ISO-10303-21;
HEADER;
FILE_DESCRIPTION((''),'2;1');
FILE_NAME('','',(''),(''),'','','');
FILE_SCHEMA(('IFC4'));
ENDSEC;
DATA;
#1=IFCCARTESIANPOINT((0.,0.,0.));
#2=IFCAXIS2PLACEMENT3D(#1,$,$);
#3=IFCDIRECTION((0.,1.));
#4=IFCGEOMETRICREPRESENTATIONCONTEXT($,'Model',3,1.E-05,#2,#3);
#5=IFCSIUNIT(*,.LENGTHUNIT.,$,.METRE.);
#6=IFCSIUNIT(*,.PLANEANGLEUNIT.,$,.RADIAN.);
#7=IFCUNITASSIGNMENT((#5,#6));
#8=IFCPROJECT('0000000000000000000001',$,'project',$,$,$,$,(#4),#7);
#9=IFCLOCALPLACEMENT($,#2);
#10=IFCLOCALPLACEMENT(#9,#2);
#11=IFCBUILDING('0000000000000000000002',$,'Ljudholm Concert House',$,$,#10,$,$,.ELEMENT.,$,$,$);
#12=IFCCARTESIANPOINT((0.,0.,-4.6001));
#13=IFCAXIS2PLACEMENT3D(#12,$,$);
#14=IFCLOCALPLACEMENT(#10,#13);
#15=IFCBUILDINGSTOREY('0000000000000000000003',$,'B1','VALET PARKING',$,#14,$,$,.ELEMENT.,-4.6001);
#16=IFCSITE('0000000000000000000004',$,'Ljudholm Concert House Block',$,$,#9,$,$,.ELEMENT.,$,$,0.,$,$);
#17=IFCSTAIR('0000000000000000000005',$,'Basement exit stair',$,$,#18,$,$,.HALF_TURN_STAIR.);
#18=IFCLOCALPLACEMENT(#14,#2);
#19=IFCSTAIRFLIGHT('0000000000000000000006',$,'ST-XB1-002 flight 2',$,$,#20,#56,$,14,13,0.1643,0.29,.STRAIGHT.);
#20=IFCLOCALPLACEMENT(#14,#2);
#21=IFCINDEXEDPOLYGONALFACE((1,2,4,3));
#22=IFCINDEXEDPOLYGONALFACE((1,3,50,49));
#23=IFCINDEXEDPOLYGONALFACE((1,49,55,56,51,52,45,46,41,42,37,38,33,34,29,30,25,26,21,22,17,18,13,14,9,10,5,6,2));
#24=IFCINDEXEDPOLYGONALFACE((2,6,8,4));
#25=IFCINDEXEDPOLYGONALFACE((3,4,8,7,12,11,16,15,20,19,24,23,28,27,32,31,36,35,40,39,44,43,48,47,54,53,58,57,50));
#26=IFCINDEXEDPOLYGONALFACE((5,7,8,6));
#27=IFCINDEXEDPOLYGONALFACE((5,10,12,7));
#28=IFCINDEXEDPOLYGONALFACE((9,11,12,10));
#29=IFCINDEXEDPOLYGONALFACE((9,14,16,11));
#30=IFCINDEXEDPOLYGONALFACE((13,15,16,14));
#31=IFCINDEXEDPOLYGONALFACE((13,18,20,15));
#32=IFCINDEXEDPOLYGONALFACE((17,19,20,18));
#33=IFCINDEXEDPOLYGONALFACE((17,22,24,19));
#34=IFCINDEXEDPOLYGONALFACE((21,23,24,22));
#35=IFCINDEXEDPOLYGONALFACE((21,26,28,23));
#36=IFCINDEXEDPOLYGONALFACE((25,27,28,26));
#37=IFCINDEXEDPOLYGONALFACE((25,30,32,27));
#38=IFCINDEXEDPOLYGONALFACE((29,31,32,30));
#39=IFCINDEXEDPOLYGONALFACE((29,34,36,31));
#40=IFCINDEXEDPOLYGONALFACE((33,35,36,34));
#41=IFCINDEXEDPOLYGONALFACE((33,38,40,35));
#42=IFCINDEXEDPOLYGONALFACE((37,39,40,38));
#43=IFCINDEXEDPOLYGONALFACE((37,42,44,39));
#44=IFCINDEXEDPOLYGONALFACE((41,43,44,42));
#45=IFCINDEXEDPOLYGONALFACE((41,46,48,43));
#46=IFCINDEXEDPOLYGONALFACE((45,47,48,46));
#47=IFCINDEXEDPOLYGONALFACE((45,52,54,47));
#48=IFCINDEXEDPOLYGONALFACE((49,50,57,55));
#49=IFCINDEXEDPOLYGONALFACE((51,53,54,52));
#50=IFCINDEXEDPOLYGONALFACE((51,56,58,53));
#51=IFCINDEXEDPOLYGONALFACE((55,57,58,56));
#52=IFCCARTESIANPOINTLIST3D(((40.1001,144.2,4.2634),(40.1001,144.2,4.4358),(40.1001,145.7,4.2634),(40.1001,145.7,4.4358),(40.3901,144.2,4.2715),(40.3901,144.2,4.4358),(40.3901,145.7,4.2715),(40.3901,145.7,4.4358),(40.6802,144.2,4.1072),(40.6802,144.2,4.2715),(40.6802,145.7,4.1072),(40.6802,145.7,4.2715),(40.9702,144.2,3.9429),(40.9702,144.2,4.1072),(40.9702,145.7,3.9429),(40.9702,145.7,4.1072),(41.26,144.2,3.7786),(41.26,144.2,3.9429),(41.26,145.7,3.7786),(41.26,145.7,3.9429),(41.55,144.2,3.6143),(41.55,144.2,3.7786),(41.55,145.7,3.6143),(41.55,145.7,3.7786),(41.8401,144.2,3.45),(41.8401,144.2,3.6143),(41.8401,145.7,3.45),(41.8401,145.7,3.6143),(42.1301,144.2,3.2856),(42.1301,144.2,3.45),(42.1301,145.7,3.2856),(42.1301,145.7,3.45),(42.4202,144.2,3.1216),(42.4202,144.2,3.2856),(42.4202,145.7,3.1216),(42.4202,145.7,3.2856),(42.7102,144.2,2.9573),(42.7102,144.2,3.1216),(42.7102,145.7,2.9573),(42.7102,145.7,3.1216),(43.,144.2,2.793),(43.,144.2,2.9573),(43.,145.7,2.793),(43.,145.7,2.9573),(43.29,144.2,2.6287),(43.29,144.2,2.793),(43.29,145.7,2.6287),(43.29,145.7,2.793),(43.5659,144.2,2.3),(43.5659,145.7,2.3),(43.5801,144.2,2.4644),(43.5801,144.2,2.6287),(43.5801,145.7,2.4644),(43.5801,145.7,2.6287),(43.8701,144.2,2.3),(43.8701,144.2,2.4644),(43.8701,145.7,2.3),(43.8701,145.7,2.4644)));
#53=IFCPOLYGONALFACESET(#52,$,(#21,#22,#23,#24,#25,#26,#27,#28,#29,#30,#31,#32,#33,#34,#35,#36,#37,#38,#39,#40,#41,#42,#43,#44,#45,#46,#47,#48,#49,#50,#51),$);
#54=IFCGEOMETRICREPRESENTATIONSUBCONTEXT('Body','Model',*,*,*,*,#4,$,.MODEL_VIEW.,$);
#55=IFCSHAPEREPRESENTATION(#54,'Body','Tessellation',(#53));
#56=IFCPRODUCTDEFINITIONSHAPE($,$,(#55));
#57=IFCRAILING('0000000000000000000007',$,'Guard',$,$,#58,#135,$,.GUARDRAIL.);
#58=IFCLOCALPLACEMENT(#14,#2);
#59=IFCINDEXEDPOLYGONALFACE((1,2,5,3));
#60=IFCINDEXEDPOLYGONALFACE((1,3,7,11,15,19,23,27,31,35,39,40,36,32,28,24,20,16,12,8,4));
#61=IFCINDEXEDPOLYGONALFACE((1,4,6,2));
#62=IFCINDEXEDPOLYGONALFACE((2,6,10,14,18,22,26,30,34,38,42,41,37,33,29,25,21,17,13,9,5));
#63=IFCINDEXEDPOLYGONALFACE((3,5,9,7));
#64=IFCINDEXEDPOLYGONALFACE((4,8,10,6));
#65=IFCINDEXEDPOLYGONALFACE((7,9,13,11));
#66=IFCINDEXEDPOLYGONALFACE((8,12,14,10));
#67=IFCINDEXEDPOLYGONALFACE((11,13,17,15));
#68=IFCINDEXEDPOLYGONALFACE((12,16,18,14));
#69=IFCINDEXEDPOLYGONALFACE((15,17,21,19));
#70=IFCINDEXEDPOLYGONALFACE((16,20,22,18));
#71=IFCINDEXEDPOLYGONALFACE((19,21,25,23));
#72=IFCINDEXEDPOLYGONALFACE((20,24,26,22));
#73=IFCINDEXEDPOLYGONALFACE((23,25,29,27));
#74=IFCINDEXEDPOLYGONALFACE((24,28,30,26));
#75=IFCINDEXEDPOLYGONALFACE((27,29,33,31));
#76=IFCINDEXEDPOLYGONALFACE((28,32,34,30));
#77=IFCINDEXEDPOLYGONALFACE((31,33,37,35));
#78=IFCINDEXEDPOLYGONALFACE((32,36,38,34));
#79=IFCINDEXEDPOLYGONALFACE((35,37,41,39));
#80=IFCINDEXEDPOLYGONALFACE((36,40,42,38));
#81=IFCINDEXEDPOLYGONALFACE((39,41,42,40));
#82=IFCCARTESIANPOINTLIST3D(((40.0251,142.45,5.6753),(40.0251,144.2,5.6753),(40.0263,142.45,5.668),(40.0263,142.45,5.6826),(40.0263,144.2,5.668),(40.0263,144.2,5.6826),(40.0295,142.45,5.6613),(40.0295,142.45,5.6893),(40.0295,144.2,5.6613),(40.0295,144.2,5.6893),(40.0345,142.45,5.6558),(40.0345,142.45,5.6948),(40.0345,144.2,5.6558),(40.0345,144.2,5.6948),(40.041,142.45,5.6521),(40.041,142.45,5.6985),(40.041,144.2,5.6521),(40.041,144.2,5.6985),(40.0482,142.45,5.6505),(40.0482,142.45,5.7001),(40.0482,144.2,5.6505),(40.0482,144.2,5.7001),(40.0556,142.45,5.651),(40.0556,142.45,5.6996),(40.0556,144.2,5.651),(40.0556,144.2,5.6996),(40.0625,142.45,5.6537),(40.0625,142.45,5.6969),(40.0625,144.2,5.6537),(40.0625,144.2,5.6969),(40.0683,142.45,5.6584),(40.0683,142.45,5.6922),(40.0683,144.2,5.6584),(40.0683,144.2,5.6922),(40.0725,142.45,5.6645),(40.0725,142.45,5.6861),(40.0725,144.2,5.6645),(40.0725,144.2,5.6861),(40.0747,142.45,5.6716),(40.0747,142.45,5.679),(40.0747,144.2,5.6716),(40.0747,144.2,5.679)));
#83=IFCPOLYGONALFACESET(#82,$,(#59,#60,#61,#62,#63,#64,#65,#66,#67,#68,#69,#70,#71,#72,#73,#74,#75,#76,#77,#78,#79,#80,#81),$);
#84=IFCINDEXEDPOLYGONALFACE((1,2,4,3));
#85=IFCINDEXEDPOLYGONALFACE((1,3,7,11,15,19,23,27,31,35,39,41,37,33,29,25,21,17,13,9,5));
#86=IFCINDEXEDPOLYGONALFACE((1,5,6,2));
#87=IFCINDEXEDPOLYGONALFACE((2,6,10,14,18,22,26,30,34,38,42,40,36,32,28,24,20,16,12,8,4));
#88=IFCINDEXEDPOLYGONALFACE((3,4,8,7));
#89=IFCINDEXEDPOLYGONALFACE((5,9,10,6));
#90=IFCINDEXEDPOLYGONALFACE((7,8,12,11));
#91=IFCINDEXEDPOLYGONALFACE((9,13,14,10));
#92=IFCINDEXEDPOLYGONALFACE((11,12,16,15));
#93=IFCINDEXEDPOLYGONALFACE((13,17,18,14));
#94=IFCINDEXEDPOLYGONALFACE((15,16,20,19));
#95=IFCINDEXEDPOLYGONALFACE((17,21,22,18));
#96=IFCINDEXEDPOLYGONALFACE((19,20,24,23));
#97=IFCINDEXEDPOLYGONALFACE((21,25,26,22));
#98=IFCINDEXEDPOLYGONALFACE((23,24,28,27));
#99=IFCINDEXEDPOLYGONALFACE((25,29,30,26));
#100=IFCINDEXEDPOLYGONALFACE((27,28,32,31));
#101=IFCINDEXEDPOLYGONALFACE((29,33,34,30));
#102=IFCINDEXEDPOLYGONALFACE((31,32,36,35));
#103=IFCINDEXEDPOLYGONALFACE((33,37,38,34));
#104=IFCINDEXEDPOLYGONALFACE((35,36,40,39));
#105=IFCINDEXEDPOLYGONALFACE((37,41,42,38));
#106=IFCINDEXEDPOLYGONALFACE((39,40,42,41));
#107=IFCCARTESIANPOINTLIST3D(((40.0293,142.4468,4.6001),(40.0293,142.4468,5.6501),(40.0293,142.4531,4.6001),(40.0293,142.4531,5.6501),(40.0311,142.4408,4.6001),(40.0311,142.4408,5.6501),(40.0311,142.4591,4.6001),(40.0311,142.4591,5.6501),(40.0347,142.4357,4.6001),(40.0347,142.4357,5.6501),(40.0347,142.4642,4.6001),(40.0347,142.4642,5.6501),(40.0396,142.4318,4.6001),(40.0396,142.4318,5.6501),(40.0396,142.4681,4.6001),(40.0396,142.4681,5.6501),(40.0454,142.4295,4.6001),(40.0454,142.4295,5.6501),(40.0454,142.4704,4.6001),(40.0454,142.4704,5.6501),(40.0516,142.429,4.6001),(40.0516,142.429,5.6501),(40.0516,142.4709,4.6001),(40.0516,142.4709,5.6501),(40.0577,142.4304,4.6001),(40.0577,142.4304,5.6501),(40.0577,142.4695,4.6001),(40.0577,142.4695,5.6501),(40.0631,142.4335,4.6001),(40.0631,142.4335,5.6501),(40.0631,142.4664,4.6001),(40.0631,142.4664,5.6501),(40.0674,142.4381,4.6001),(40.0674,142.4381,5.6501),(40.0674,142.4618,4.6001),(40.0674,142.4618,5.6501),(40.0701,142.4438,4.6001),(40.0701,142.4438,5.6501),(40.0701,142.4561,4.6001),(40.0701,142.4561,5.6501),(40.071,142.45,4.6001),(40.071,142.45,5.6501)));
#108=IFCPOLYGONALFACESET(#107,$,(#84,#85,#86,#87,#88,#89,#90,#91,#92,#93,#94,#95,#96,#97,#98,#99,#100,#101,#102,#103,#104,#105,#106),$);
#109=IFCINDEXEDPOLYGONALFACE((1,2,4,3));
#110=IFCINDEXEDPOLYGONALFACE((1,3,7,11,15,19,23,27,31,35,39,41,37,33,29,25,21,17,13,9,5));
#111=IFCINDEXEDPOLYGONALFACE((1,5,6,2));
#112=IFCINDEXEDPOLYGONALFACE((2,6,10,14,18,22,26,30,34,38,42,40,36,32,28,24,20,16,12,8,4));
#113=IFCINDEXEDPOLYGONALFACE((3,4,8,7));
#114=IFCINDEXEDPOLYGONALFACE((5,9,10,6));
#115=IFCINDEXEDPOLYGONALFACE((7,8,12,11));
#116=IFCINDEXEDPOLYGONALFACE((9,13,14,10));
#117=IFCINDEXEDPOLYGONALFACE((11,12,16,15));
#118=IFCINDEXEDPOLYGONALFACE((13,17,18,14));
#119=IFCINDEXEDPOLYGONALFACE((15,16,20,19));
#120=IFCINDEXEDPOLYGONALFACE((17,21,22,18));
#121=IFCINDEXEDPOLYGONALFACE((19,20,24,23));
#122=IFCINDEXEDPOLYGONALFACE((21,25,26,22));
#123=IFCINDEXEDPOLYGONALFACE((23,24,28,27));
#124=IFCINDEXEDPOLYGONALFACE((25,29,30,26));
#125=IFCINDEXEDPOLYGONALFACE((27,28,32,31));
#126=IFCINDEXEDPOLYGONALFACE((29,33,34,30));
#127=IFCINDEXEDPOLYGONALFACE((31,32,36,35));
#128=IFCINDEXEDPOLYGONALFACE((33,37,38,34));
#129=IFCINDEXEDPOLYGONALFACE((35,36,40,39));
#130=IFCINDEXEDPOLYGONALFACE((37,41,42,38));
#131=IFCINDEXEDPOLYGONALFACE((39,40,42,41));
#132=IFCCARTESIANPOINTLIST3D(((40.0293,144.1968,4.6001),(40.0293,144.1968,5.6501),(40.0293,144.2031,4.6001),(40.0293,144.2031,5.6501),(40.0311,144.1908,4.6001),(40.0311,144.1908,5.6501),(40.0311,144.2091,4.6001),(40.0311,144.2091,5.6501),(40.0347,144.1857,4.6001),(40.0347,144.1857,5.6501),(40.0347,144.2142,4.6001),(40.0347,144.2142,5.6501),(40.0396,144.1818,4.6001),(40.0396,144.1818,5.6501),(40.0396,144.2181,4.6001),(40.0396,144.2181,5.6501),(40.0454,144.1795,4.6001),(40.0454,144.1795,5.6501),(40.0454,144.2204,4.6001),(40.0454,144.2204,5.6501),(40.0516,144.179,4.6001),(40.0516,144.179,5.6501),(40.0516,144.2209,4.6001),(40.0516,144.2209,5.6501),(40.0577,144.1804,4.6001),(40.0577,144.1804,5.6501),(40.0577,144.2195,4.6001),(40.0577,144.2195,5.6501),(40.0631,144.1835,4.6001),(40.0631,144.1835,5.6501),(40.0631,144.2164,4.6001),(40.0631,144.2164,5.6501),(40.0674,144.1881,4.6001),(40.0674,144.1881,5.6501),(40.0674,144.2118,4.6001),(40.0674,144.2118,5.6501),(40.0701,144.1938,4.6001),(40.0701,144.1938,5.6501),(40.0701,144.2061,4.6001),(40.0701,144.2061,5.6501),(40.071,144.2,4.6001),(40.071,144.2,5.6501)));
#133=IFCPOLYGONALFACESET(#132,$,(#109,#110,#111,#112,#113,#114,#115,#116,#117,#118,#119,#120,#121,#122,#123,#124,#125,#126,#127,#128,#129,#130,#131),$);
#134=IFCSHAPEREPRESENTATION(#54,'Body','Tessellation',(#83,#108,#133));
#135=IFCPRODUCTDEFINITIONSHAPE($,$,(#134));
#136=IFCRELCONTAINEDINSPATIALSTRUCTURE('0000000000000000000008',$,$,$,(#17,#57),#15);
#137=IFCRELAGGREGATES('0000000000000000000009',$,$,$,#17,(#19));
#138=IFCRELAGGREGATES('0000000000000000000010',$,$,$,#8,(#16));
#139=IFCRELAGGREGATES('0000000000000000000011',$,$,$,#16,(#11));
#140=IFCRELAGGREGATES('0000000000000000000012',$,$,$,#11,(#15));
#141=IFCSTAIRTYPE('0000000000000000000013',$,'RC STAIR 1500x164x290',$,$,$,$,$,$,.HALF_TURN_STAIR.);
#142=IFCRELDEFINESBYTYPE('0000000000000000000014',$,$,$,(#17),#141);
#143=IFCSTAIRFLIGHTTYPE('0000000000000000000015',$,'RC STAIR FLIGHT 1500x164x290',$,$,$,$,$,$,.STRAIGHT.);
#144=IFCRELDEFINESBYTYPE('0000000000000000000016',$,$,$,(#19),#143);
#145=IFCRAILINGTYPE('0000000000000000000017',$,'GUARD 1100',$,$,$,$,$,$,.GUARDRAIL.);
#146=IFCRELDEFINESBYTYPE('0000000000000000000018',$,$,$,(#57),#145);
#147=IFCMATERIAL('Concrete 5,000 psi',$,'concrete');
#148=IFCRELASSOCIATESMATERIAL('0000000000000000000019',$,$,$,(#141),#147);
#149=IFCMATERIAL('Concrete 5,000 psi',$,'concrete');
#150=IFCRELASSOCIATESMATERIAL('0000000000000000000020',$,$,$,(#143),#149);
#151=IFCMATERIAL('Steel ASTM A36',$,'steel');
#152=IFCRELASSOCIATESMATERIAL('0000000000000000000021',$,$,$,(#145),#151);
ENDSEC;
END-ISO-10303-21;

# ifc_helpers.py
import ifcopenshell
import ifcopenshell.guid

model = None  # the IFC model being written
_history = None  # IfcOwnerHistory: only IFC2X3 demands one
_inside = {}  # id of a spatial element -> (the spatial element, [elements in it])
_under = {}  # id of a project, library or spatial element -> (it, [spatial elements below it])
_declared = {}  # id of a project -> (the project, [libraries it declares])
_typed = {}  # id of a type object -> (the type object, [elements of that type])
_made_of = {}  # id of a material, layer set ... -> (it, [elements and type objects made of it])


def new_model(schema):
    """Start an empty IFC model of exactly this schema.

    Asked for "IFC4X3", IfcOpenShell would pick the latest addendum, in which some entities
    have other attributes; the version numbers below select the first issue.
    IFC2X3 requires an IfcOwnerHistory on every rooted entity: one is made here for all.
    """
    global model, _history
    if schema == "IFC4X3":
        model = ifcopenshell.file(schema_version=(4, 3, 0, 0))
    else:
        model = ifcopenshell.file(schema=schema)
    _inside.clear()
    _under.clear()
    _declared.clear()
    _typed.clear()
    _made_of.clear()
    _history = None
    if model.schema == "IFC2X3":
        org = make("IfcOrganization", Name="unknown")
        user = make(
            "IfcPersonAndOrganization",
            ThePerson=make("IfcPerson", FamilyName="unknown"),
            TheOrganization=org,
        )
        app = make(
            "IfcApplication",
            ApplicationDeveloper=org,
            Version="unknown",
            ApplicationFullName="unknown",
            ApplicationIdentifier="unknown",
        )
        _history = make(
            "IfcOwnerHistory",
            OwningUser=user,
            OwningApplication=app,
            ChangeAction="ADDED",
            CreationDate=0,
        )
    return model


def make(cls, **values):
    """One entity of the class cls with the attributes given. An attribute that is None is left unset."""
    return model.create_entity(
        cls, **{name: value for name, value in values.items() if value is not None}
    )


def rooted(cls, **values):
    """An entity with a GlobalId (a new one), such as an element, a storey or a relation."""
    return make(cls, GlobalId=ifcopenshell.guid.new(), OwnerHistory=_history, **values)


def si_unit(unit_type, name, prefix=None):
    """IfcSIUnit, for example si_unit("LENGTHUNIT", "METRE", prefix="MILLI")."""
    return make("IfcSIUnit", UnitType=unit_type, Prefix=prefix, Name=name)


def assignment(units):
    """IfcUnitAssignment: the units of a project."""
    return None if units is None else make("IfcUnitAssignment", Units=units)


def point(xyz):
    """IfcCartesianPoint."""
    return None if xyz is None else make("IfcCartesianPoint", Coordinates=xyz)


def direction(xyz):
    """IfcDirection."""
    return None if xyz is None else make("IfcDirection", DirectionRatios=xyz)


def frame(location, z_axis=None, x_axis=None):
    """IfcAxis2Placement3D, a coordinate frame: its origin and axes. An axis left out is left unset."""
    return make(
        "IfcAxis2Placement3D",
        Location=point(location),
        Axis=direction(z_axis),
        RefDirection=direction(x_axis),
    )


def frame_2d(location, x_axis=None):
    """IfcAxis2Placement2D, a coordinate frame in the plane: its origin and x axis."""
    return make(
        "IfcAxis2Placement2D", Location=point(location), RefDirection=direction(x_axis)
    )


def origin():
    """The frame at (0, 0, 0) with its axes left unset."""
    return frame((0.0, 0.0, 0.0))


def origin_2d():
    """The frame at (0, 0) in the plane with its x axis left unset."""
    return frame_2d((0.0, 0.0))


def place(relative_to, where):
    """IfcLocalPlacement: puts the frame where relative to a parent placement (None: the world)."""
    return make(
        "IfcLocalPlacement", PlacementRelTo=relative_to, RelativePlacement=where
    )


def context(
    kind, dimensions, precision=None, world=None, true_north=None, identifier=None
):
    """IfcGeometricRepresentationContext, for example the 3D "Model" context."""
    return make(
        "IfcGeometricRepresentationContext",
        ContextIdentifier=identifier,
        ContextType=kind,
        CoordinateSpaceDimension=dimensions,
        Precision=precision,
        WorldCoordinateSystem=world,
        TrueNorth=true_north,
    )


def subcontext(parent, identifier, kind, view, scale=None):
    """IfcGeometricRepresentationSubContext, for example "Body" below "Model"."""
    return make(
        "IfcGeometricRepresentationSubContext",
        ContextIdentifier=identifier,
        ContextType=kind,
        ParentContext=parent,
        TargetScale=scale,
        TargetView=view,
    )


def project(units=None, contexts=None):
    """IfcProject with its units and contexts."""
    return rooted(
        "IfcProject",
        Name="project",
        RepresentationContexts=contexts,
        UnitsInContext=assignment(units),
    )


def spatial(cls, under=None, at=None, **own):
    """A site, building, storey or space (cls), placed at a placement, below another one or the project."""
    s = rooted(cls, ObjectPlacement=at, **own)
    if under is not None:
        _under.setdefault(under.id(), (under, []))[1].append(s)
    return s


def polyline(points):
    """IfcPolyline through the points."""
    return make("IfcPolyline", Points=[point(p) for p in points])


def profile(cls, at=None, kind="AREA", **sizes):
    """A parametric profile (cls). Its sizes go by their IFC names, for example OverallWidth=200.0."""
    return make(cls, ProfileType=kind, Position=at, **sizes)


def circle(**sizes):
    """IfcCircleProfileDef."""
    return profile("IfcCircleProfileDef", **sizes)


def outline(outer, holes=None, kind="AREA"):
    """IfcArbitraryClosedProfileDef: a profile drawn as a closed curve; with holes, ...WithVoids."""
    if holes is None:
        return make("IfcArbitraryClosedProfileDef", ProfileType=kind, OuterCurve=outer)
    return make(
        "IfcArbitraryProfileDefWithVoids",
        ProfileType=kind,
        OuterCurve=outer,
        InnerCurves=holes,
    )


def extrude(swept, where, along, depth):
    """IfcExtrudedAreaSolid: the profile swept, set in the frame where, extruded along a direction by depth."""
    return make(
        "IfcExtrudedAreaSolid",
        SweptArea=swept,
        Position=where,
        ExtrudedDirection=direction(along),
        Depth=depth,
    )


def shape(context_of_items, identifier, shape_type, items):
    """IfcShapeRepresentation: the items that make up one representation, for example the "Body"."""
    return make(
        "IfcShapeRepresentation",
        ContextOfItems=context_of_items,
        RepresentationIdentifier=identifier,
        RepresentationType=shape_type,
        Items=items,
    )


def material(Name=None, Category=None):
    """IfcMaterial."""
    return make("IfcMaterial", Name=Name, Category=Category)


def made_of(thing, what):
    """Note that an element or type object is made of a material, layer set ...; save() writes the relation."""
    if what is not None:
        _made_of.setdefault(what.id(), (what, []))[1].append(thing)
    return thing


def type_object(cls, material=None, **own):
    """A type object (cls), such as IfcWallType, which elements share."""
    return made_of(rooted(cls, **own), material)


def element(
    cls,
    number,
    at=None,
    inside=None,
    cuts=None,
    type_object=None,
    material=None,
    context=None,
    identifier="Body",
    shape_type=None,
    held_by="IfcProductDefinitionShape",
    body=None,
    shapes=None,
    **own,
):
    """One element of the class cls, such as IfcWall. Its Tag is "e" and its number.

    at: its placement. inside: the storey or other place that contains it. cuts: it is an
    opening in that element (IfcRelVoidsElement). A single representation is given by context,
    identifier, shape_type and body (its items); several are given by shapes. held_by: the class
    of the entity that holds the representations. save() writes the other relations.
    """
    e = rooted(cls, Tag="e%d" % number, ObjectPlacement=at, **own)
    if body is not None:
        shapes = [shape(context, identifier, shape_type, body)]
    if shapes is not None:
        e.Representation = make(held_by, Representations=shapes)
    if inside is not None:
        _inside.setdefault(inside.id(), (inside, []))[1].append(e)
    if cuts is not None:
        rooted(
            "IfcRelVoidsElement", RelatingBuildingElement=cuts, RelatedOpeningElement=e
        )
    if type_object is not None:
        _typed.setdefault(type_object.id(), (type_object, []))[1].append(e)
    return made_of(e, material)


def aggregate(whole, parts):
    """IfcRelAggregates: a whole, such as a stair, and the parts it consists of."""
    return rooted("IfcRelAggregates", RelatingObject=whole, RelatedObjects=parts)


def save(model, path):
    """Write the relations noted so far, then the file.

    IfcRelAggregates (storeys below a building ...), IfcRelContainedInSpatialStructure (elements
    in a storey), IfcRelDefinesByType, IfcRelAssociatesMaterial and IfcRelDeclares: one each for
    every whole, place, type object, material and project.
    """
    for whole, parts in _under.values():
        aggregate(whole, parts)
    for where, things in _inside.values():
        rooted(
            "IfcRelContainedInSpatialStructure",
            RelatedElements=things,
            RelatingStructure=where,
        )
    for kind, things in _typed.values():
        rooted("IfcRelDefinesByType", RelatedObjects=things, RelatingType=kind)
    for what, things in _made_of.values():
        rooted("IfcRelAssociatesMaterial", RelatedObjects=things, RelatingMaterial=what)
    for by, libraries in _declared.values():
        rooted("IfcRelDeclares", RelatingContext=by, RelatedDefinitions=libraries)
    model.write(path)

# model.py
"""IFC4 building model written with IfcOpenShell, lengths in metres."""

from ifc_helpers import new_model, si_unit, direction, frame, origin, origin_2d, place, context, subcontext, project, spatial, polyline, circle, outline, extrude, material, type_object, element, aggregate, save


model = new_model("IFC4")

# Units and contexts
model_context = context("Model", 3, precision=1e-05, world=origin(), true_north=direction((0.0, 1.0)))
body_context = subcontext(model_context, "Body", "Model", "MODEL_VIEW")
ifc_project = project(units=[si_unit("LENGTHUNIT", "METRE"), si_unit("PLANEANGLEUNIT", "RADIAN")], contexts=[model_context])

# Site, building, storey
site_placement = place(None, origin())
site = spatial("IfcSite", under=ifc_project, at=site_placement, Name="Ljudholm Concert House Block", CompositionType="ELEMENT", RefElevation=0.0)
building_placement = place(site_placement, origin())
building = spatial("IfcBuilding", under=site, at=building_placement, Name="Ljudholm Concert House", CompositionType="ELEMENT")
storey_placement = place(building_placement, frame((0.0, 0.0, -4.6001)))
storey = spatial("IfcBuildingStorey", under=building, at=storey_placement, Name="B1", Description="VALET PARKING", CompositionType="ELEMENT", Elevation=-4.6001)

# Stair, stair flight
ifc_material_1 = material(Name="Concrete 5,000 psi", Category="concrete")
stair_type = type_object("IfcStairType", Name="RC STAIR 1500x164x290", PredefinedType="HALF_TURN_STAIR", material=ifc_material_1)
stair_placement = place(storey_placement, origin())
stair = element("IfcStair", 1, at=stair_placement, inside=storey, type_object=stair_type, Name="Basement exit stair", PredefinedType="HALF_TURN_STAIR")
ifc_material_2 = material(Name="Concrete 5,000 psi", Category="concrete")
stair_flight_type = type_object("IfcStairFlightType", Name="RC STAIR FLIGHT 1500x164x290", PredefinedType="STRAIGHT", material=ifc_material_2)
stair_flight_1_placement = place(storey_placement, frame((43.8701, 144.95, 2.3), z_axis=(0.0, 0.0, 1.0), x_axis=(-1.0, 0.0, 0.0)))
stair_flight_1 = element("IfcStairFlight", 2, at=stair_flight_1_placement, type_object=stair_flight_type, Name="ST-XB1-002 flight 2", NumberOfRisers=14, NumberOfTreads=13, PredefinedType="STRAIGHT", RiserHeight=0.1643, TreadLength=0.29, context=body_context, shape_type="SweptSolid", body=[
    extrude(outline(polyline([(0.0, 0.0), (0.0, 0.1643), (0.29, 0.1643), (0.29, 0.3286), (0.5801, 0.3286), (0.5801, 0.4929), (0.8701, 0.4929), (0.8701, 0.6572), (1.1599, 0.6572), (1.1599, 0.8215), (1.45, 0.8215), (1.45, 0.9856), (1.74, 0.9856), (1.74, 1.1499), (2.03, 1.1499), (2.03, 1.3142), (2.3201, 1.3142), (2.3201, 1.4785), (2.6101, 1.4785), (2.6101, 1.6428), (2.8999, 1.6428), (2.8999, 1.8071), (3.1899, 1.8071), (3.1899, 1.9714), (3.48, 1.9714), (3.48, 2.1357), (3.77, 2.1357), (3.77, 2.3), (3.77, 1.9634), (0.3042, 0.0), (0.0, 0.0)])), frame((0.0, 0.75, 0.0), z_axis=(0.0, -1.0, 0.0), x_axis=(1.0, 0.0, 0.0)), (0.0, 0.0, 1.0), 1.5),
])
aggregate(stair, [stair_flight_1])

# Railing
ifc_material_3 = material(Name="Steel ASTM A36", Category="steel")
railing_type_1 = type_object("IfcRailingType", Name="GUARD 1100", PredefinedType="GUARDRAIL", material=ifc_material_3)
railing_1_placement = place(storey_placement, frame((40.05, 142.45, 4.6001)))
element("IfcRailing", 3, at=railing_1_placement, inside=storey, type_object=railing_type_1, Name="Guard", PredefinedType="GUARDRAIL", context=body_context, shape_type="SweptSolid", body=[
    extrude(circle(Radius=0.0249, at=origin_2d()), frame((0.0, 0.0, 1.0752), z_axis=(0.0, 1.0, 0.0), x_axis=(-1.0, 0.0, 0.0)), (0.0, 0.0, 1.0), 1.75),
    extrude(circle(Radius=0.021, at=origin_2d()), origin(), (0.0, 0.0, 1.0), 1.05),
    extrude(circle(Radius=0.021, at=origin_2d()), frame((0.0, 1.75, 0.0)), (0.0, 0.0, 1.0), 1.05),
])

save(model, "model.ifc")
